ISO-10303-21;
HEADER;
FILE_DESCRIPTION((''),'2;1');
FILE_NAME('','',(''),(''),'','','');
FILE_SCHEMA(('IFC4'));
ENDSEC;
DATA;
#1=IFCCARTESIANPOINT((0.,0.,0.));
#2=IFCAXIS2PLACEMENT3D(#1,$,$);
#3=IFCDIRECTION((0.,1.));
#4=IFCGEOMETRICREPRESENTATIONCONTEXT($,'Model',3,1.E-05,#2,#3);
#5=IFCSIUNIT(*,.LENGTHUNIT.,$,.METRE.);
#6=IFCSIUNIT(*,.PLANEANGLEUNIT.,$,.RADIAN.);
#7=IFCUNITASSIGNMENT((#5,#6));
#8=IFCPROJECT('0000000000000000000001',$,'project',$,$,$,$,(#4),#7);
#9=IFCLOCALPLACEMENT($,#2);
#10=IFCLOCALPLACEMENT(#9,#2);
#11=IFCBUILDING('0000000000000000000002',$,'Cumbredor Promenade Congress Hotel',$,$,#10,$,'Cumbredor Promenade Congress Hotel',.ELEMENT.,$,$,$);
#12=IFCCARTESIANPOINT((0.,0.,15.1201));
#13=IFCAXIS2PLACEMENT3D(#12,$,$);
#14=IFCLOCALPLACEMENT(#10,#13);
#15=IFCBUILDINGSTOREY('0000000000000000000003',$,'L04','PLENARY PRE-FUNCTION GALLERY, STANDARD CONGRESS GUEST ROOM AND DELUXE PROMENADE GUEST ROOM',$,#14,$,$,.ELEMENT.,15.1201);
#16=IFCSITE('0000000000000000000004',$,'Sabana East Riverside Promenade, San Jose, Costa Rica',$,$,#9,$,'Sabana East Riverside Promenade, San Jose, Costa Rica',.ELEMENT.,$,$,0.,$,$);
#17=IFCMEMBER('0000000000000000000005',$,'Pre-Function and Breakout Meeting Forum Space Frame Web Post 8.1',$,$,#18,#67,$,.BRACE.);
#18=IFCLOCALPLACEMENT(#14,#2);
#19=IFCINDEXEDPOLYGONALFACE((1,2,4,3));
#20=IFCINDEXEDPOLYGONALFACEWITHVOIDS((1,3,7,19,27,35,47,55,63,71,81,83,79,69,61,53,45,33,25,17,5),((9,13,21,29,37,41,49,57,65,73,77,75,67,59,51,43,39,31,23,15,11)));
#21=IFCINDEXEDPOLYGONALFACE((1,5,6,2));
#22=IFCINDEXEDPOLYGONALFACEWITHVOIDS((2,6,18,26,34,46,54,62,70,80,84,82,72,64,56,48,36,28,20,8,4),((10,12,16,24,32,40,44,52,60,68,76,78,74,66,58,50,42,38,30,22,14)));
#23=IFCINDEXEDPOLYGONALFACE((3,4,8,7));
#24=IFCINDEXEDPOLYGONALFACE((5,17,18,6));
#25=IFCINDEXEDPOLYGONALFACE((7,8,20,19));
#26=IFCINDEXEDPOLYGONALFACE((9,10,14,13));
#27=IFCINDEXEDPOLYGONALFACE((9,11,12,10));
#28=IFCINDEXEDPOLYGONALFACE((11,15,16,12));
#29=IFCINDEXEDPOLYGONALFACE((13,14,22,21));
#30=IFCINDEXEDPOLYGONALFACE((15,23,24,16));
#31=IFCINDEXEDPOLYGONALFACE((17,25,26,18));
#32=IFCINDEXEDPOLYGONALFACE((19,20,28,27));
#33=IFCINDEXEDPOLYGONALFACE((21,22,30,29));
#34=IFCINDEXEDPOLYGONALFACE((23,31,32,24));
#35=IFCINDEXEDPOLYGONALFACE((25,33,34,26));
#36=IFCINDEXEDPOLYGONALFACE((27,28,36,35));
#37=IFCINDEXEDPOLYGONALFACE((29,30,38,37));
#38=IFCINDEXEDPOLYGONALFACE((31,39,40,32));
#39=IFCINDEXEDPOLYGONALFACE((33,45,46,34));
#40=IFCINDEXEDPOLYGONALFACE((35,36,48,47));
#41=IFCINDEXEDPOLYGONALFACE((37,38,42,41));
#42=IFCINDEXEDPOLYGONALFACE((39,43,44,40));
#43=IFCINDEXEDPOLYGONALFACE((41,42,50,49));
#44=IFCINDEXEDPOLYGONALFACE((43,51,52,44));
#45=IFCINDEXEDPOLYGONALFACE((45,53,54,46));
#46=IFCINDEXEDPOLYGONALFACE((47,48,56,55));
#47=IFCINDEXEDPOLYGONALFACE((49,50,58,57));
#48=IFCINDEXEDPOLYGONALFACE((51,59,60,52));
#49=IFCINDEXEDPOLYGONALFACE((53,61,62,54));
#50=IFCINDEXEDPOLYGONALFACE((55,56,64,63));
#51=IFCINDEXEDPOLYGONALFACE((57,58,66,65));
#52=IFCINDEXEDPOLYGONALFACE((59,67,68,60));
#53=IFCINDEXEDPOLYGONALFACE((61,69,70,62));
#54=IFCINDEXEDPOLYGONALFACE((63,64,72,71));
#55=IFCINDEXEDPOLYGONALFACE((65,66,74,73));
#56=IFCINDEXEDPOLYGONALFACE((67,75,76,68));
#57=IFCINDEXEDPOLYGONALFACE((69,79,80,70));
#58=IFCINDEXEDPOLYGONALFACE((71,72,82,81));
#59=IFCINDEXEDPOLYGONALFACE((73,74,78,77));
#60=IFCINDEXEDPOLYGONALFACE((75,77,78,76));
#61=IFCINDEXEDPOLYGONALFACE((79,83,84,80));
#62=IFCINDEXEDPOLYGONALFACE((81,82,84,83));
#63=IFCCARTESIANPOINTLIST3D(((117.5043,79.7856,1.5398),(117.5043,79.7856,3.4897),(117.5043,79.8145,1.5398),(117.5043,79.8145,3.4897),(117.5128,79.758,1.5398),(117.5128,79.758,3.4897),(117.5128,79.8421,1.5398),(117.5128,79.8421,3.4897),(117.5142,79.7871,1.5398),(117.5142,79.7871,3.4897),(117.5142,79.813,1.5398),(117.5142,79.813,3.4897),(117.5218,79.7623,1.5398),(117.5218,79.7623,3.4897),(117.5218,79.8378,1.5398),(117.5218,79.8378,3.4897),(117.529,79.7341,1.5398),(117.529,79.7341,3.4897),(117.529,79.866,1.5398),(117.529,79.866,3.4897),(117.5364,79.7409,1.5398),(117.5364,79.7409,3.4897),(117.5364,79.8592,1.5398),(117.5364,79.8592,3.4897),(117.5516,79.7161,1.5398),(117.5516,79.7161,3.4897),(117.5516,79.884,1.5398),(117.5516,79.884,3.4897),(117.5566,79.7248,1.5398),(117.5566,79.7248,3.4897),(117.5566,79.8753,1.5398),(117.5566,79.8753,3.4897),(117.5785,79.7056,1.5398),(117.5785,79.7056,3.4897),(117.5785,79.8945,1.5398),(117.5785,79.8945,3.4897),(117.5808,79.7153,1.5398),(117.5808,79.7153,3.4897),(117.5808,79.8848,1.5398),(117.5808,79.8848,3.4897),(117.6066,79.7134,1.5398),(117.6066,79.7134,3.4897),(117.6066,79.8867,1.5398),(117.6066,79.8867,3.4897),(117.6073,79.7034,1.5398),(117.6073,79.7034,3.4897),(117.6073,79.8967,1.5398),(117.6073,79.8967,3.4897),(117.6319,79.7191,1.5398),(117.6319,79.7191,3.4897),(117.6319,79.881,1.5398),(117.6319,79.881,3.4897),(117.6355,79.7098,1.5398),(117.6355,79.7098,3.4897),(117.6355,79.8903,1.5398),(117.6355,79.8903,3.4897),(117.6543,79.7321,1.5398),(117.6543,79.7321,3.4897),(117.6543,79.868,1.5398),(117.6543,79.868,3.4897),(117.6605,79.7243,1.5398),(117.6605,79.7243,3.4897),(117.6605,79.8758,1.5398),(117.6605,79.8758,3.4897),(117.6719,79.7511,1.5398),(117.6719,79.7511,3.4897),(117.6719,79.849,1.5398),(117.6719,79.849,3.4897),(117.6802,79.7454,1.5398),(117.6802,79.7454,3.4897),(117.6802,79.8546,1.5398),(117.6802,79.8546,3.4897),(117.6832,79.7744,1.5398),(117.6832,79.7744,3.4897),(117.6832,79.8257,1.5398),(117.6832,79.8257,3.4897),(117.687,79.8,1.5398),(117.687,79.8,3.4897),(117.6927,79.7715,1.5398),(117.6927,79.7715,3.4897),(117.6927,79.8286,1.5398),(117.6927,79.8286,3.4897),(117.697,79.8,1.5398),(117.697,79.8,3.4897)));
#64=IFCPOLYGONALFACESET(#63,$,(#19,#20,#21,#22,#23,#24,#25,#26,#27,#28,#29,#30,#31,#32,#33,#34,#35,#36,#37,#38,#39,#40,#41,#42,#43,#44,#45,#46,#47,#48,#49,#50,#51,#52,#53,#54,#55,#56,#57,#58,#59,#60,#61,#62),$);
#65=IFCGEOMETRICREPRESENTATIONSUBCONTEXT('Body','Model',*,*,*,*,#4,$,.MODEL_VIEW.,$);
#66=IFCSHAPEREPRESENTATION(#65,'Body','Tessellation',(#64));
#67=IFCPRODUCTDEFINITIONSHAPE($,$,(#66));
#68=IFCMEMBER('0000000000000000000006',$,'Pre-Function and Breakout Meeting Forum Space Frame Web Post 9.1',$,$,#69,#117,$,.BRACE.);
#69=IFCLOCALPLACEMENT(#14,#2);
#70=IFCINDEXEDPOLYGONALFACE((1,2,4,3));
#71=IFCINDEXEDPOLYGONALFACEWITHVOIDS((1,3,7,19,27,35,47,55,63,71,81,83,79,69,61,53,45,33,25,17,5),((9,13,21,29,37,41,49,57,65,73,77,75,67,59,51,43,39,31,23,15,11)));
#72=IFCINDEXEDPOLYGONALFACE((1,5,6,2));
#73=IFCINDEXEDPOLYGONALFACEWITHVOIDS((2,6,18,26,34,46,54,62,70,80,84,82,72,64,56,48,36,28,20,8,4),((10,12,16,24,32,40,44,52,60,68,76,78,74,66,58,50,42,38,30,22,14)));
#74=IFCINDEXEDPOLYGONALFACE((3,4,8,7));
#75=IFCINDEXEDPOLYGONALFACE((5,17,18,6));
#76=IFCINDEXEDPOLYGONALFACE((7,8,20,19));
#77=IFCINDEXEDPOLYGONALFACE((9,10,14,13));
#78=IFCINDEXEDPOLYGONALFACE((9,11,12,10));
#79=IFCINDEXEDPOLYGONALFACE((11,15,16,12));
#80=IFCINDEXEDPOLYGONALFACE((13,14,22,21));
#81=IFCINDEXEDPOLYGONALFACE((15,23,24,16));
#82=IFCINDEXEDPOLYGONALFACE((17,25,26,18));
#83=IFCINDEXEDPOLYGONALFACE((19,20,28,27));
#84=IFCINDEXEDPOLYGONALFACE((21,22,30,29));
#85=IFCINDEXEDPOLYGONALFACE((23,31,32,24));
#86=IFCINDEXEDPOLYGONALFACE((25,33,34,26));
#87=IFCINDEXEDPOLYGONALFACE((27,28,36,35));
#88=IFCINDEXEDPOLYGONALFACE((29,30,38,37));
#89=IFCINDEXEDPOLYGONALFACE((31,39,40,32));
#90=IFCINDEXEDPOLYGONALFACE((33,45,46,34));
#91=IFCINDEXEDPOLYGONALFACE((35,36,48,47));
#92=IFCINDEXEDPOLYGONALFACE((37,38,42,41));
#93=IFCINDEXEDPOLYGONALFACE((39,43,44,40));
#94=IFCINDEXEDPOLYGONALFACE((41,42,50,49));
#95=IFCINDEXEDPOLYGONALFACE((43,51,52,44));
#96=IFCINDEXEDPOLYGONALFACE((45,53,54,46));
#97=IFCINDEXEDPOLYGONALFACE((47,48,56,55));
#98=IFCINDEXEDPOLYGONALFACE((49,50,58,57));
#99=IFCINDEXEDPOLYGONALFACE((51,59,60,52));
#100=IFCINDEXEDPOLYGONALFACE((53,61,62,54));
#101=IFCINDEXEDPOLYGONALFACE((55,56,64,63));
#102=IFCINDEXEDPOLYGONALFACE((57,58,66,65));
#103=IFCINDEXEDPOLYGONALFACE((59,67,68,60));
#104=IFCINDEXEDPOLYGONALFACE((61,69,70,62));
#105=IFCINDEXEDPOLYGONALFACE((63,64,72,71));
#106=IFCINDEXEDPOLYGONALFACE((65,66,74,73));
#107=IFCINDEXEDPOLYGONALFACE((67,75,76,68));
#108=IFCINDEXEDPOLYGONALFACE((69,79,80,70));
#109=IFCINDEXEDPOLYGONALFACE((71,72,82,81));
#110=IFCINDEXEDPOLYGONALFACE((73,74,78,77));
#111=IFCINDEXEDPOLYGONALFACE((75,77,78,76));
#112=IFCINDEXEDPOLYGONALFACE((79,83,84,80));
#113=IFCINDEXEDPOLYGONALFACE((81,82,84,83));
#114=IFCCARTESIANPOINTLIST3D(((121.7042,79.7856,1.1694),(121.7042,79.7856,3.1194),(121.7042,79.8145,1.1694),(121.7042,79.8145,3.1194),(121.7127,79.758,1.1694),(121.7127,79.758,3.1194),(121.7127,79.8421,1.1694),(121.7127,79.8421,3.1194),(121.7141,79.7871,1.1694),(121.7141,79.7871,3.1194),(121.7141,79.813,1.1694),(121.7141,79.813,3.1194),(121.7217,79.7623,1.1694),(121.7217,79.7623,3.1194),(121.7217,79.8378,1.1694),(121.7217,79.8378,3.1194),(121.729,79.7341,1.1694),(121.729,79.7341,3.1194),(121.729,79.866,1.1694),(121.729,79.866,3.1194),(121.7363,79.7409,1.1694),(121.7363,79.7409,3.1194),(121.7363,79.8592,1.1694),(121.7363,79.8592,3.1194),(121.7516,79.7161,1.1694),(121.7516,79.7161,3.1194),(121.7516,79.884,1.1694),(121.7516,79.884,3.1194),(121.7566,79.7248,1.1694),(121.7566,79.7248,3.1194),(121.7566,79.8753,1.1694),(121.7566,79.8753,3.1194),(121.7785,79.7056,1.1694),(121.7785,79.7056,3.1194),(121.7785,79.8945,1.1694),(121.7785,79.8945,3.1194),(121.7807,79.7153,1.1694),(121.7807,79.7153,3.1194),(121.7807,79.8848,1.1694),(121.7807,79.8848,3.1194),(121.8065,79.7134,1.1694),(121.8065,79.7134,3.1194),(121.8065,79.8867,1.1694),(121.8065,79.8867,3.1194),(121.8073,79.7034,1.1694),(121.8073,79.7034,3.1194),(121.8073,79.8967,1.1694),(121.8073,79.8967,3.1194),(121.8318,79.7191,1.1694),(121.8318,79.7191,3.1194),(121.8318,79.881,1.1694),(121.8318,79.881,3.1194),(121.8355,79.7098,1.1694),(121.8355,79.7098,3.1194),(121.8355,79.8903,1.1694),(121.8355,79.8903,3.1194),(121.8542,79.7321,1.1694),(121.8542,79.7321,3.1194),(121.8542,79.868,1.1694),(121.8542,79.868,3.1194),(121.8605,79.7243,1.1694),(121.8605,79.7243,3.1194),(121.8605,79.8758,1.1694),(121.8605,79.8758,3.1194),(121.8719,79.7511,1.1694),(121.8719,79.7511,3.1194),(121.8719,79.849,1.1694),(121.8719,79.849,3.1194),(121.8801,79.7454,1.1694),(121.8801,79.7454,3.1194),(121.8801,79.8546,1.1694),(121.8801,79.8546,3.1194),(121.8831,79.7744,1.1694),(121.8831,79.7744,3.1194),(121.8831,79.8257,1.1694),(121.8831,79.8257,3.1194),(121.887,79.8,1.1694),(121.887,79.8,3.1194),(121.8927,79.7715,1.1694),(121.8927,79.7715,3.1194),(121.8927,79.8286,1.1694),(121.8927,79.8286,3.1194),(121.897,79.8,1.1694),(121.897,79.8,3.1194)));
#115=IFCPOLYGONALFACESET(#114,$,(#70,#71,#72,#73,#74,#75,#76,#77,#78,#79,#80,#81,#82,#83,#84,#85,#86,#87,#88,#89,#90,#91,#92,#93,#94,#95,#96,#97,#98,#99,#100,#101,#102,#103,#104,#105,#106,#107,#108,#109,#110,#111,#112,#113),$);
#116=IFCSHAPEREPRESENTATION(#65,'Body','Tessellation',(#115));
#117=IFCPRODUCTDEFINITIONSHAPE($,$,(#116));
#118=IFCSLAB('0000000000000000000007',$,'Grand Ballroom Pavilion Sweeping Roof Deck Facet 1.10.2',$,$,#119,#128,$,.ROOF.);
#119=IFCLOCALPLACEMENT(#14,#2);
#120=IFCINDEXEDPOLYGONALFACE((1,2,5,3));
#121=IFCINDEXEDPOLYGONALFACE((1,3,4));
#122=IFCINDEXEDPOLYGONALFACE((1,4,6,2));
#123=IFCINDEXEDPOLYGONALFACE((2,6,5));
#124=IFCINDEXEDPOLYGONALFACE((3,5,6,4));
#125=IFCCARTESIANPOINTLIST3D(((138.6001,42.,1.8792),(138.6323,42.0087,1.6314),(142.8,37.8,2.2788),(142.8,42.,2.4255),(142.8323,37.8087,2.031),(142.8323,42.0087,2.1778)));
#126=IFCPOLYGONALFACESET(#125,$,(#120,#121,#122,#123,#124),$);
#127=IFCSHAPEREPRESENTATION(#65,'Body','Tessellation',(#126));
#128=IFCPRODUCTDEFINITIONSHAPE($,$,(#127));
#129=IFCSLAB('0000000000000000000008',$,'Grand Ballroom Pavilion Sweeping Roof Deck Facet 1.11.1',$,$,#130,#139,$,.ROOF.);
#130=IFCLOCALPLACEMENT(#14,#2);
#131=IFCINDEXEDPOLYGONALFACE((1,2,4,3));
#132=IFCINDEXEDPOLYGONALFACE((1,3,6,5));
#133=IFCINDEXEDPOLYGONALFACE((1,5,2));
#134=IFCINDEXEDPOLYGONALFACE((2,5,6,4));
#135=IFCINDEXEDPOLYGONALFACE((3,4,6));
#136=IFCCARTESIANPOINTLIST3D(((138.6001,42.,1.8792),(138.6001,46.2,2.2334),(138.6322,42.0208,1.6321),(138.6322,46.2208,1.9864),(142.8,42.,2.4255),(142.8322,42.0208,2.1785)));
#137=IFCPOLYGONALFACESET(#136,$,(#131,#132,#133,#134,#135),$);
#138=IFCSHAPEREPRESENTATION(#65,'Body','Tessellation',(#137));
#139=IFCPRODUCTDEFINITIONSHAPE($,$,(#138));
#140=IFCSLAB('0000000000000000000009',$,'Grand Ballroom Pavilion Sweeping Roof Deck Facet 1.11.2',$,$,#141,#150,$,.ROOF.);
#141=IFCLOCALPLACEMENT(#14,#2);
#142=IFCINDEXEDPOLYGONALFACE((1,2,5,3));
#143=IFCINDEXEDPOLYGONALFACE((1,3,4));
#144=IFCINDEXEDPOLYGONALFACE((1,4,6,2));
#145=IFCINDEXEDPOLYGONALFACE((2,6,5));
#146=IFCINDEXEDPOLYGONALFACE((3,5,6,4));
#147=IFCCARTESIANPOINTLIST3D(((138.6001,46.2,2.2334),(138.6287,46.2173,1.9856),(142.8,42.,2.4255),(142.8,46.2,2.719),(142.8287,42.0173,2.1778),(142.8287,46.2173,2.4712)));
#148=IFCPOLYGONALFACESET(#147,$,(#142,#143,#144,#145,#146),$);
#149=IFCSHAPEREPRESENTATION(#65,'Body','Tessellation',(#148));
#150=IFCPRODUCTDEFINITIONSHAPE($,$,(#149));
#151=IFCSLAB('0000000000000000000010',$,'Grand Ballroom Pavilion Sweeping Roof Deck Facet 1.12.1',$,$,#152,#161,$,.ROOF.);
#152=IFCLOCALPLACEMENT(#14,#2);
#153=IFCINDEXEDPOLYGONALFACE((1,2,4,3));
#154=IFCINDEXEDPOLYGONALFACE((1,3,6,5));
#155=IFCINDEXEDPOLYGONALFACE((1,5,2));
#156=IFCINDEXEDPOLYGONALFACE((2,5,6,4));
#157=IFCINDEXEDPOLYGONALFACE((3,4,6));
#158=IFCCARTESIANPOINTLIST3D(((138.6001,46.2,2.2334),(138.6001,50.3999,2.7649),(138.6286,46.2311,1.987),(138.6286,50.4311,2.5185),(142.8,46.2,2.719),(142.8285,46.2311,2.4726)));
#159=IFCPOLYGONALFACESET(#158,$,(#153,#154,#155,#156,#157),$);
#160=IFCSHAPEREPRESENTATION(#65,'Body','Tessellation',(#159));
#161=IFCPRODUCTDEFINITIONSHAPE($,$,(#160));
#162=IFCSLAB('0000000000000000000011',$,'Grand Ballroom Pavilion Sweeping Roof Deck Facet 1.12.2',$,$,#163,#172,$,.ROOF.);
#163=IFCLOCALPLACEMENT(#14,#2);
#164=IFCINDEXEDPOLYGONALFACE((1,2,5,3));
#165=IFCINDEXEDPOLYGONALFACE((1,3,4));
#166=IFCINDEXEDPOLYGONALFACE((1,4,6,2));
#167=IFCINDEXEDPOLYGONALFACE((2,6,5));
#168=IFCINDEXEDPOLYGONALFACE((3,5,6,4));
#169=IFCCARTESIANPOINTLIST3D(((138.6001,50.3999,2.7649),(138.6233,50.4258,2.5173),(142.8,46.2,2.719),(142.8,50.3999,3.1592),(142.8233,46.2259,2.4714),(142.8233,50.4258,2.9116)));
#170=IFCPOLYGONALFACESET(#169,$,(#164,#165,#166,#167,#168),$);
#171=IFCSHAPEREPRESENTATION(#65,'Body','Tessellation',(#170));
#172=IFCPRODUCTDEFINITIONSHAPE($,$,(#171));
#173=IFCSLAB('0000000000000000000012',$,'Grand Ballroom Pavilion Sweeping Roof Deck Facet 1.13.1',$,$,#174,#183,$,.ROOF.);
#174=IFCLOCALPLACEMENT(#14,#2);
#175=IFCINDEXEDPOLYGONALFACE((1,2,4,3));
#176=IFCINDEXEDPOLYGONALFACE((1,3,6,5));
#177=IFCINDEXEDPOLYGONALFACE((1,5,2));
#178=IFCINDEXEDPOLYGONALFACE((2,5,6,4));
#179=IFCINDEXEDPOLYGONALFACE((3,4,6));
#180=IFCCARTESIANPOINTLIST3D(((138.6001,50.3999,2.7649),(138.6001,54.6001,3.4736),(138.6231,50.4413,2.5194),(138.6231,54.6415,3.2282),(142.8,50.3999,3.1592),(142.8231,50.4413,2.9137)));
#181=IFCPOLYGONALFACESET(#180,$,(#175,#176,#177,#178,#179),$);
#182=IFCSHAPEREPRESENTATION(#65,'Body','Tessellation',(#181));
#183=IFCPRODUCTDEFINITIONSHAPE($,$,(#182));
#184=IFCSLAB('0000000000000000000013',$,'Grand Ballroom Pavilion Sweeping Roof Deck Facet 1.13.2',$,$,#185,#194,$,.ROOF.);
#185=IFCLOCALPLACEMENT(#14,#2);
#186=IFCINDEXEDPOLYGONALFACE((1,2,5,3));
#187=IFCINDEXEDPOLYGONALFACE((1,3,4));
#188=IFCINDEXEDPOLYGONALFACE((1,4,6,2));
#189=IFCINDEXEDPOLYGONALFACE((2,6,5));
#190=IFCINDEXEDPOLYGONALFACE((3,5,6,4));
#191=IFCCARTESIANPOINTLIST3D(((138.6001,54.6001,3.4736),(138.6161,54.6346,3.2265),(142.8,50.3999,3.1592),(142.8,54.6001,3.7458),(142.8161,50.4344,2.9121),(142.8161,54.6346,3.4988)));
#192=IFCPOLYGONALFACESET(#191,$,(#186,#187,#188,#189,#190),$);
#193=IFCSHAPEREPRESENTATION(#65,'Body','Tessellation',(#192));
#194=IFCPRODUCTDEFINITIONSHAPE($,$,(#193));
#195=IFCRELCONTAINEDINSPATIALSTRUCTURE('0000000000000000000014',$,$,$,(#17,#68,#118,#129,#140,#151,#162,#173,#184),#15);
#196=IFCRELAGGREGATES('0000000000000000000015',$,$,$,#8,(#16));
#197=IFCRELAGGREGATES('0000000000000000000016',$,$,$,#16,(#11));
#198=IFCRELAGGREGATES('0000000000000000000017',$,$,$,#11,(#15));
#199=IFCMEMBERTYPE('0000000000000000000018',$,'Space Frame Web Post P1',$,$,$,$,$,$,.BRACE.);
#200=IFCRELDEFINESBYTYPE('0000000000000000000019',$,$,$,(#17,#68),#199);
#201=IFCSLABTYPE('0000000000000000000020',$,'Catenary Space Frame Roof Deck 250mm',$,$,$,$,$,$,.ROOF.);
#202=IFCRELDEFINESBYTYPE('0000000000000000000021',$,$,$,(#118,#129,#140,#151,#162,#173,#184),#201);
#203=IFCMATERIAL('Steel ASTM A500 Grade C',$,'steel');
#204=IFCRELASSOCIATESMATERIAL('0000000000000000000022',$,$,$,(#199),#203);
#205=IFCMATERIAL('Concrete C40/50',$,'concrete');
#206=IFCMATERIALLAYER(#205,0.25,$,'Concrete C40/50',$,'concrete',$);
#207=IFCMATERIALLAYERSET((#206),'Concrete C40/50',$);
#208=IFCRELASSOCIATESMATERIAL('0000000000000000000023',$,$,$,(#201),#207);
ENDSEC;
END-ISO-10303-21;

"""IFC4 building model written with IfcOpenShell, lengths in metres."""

from ifc_helpers import new_model, si_unit, direction, frame, origin, origin_2d, place, context, subcontext, project, spatial, polyline, hollow_circle, outline, extrude, material, layer, layer_set, material_profile, profile_set, type_object, element, save


model = new_model("IFC4")

# Units and contexts
model_context = context("Model", 3, precision=1e-05, world=origin(), true_north=direction((0.0, 1.0)))
body_context = subcontext(model_context, "Body", "Model", "MODEL_VIEW")
ifc_project = project(units=[si_unit("LENGTHUNIT", "METRE"), si_unit("PLANEANGLEUNIT", "RADIAN")], contexts=[model_context])

# Site, building, storey
site_placement = place(None, origin())
site = spatial("IfcSite", under=ifc_project, at=site_placement, Name="Sabana East Riverside Promenade, San Jose, Costa Rica", LongName="Sabana East Riverside Promenade, San Jose, Costa Rica", CompositionType="ELEMENT", RefElevation=0.0)
building_placement = place(site_placement, origin())
building = spatial("IfcBuilding", under=site, at=building_placement, Name="Cumbredor Promenade Congress Hotel", LongName="Cumbredor Promenade Congress Hotel", CompositionType="ELEMENT")
storey_placement = place(building_placement, frame((0.0, 0.0, 15.1201)))
storey = spatial("IfcBuildingStorey", under=building, at=storey_placement, Name="L04", Description="PLENARY PRE-FUNCTION GALLERY, STANDARD CONGRESS GUEST ROOM AND DELUXE PROMENADE GUEST ROOM", CompositionType="ELEMENT", Elevation=15.1201)

# Members
ifc_material_1 = material(Name="Steel ASTM A500 Grade C", Category="steel")
ifc_material_profile_1 = material_profile(ifc_material_1, hollow_circle(Radius=0.0969, WallThickness=0.01, at=origin_2d()), Name="CHS 193.7x10")
ifc_profile_set_1 = profile_set([ifc_material_profile_1], Name="Steel ASTM A500 Grade C")
member_type_1 = type_object("IfcMemberType", Name="Space Frame Web Post P1", PredefinedType="BRACE", material=ifc_profile_set_1)
for number, where, z_axis, x_axis, name in (
    (1, (117.6001, 79.8, 1.5398), (0.0, 0.0, 1.0), (1.0, 0.0, 0.0), "Pre-Function and Breakout Meeting Forum Space Frame Web Post 8.1"),
    (2, (121.8, 79.8, 1.1694), (0.0, 0.0, 1.0), (1.0, 0.0, 0.0), "Pre-Function and Breakout Meeting Forum Space Frame Web Post 9.1"),
):
    element("IfcMember", number, at=place(storey_placement, frame(where, z_axis=z_axis, x_axis=x_axis)), inside=storey, type_object=member_type_1, Name=name, PredefinedType="BRACE", context=body_context, shape_type="SweptSolid", body=[
        extrude(hollow_circle(Radius=0.0969, WallThickness=0.01, at=origin_2d()), origin(), (0.0, 0.0, 1.0), 1.95),
    ])

# Slabs
ifc_material_2 = material(Name="Concrete C40/50", Category="concrete")
ifc_layer_1 = layer(ifc_material_2, 0.25, Name="Concrete C40/50", Category="concrete")
ifc_layer_set_1 = layer_set([ifc_layer_1], Name="Concrete C40/50")
slab_type = type_object("IfcSlabType", Name="Catenary Space Frame Roof Deck 250mm", PredefinedType="ROOF", material=ifc_layer_set_1)
slab_1_placement = place(storey_placement, frame((142.8, 37.8, 2.2788), z_axis=(-0.128929, -0.034623, 0.991049), x_axis=(0.0, 0.99939, 0.034914)))
element("IfcSlab", 3, at=slab_1_placement, inside=storey, type_object=slab_type, Name="Grand Ballroom Pavilion Sweeping Roof Deck Facet 1.10.2", PredefinedType="ROOF", context=body_context, shape_type="SweptSolid", body=[
    extrude(outline(polyline([(0.0, 0.0), (4.2025, 0.0), (4.1834, 4.2353), (0.0, 0.0)])), origin(), (0.0, 0.0, -1.0), 0.25),
])
slab_2_placement = place(storey_placement, frame((138.6001, 42.0, 1.8792), z_axis=(-0.128558, -0.08335, 0.988193), x_axis=(0.991644, 0.0, 0.129006)))
element("IfcSlab", 4, at=slab_2_placement, inside=storey, type_object=slab_type, Name="Grand Ballroom Pavilion Sweeping Roof Deck Facet 1.11.1", PredefinedType="ROOF", context=body_context, shape_type="SweptSolid", body=[
    extrude(outline(polyline([(0.0, 0.0), (4.2353, 0.0), (0.0457, 4.2146), (0.0, 0.0)])), origin(), (0.0, 0.0, -1.0), 0.25),
])
slab_3_placement = place(storey_placement, frame((142.8, 42.0, 2.4255), z_axis=(-0.114579, -0.069243, 0.990998), x_axis=(0.0, 0.997568, 0.069702)))
element("IfcSlab", 5, at=slab_3_placement, inside=storey, type_object=slab_type, Name="Grand Ballroom Pavilion Sweeping Roof Deck Facet 1.11.2", PredefinedType="ROOF", context=body_context, shape_type="SweptSolid", body=[
    extrude(outline(polyline([(0.0, 0.0), (4.2102, 0.0), (4.1763, 4.2278), (0.0, 0.0)])), origin(), (0.0, 0.0, -1.0), 0.25),
])
slab_4_placement = place(storey_placement, frame((138.6001, 46.2, 2.2334), z_axis=(-0.113957, -0.124729, 0.985625), x_axis=(0.993382, 0.0, 0.114854)))
element("IfcSlab", 6, at=slab_4_placement, inside=storey, type_object=slab_type, Name="Grand Ballroom Pavilion Sweeping Roof Deck Facet 1.12.1", PredefinedType="ROOF", context=body_context, shape_type="SweptSolid", body=[
    extrude(outline(polyline([(0.0, 0.0), (4.2279, 0.0), (0.061, 4.233), (0.0, 0.0)])), origin(), (0.0, 0.0, -1.0), 0.25),
])
slab_5_placement = place(storey_placement, frame((142.8, 46.2, 2.719), z_axis=(-0.092963, -0.103785, 0.990246), x_axis=(0.0, 0.994553, 0.104236)))
element("IfcSlab", 7, at=slab_5_placement, inside=storey, type_object=slab_type, Name="Grand Ballroom Pavilion Sweeping Roof Deck Facet 1.12.2", PredefinedType="ROOF", context=body_context, shape_type="SweptSolid", body=[
    extrude(outline(polyline([(0.0, 0.0), (4.223, 0.0), (4.1819, 4.2182), (0.0, 0.0)])), origin(), (0.0, 0.0, -1.0), 0.25),
])
slab_6_placement = place(storey_placement, frame((138.6001, 50.3999, 2.7649), z_axis=(-0.092176, -0.165679, 0.981862), x_axis=(0.995622, 0.0, 0.093468)))
element("IfcSlab", 8, at=slab_6_placement, inside=storey, type_object=slab_type, Name="Grand Ballroom Pavilion Sweeping Roof Deck Facet 1.13.1", PredefinedType="ROOF", context=body_context, shape_type="SweptSolid", body=[
    extrude(outline(polyline([(0.0, 0.0), (4.2184, 0.0), (0.0662, 4.2591), (0.0, 0.0)])), origin(), (0.0, 0.0, -1.0), 0.25),
])
slab_7_placement = place(storey_placement, frame((142.8, 50.3999, 3.1592), z_axis=(-0.064059, -0.13805, 0.988351), x_axis=(0.0, 0.990386, 0.138334)))
element("IfcSlab", 9, at=slab_7_placement, inside=storey, type_object=slab_type, Name="Grand Ballroom Pavilion Sweeping Roof Deck Facet 1.13.2", PredefinedType="ROOF", context=body_context, shape_type="SweptSolid", body=[
    extrude(outline(polyline([(0.0, 0.0), (4.241, 0.0), (4.2033, 4.2086), (0.0, 0.0)])), origin(), (0.0, 0.0, -1.0), 0.25),
])

save(model, "model.ifc")
